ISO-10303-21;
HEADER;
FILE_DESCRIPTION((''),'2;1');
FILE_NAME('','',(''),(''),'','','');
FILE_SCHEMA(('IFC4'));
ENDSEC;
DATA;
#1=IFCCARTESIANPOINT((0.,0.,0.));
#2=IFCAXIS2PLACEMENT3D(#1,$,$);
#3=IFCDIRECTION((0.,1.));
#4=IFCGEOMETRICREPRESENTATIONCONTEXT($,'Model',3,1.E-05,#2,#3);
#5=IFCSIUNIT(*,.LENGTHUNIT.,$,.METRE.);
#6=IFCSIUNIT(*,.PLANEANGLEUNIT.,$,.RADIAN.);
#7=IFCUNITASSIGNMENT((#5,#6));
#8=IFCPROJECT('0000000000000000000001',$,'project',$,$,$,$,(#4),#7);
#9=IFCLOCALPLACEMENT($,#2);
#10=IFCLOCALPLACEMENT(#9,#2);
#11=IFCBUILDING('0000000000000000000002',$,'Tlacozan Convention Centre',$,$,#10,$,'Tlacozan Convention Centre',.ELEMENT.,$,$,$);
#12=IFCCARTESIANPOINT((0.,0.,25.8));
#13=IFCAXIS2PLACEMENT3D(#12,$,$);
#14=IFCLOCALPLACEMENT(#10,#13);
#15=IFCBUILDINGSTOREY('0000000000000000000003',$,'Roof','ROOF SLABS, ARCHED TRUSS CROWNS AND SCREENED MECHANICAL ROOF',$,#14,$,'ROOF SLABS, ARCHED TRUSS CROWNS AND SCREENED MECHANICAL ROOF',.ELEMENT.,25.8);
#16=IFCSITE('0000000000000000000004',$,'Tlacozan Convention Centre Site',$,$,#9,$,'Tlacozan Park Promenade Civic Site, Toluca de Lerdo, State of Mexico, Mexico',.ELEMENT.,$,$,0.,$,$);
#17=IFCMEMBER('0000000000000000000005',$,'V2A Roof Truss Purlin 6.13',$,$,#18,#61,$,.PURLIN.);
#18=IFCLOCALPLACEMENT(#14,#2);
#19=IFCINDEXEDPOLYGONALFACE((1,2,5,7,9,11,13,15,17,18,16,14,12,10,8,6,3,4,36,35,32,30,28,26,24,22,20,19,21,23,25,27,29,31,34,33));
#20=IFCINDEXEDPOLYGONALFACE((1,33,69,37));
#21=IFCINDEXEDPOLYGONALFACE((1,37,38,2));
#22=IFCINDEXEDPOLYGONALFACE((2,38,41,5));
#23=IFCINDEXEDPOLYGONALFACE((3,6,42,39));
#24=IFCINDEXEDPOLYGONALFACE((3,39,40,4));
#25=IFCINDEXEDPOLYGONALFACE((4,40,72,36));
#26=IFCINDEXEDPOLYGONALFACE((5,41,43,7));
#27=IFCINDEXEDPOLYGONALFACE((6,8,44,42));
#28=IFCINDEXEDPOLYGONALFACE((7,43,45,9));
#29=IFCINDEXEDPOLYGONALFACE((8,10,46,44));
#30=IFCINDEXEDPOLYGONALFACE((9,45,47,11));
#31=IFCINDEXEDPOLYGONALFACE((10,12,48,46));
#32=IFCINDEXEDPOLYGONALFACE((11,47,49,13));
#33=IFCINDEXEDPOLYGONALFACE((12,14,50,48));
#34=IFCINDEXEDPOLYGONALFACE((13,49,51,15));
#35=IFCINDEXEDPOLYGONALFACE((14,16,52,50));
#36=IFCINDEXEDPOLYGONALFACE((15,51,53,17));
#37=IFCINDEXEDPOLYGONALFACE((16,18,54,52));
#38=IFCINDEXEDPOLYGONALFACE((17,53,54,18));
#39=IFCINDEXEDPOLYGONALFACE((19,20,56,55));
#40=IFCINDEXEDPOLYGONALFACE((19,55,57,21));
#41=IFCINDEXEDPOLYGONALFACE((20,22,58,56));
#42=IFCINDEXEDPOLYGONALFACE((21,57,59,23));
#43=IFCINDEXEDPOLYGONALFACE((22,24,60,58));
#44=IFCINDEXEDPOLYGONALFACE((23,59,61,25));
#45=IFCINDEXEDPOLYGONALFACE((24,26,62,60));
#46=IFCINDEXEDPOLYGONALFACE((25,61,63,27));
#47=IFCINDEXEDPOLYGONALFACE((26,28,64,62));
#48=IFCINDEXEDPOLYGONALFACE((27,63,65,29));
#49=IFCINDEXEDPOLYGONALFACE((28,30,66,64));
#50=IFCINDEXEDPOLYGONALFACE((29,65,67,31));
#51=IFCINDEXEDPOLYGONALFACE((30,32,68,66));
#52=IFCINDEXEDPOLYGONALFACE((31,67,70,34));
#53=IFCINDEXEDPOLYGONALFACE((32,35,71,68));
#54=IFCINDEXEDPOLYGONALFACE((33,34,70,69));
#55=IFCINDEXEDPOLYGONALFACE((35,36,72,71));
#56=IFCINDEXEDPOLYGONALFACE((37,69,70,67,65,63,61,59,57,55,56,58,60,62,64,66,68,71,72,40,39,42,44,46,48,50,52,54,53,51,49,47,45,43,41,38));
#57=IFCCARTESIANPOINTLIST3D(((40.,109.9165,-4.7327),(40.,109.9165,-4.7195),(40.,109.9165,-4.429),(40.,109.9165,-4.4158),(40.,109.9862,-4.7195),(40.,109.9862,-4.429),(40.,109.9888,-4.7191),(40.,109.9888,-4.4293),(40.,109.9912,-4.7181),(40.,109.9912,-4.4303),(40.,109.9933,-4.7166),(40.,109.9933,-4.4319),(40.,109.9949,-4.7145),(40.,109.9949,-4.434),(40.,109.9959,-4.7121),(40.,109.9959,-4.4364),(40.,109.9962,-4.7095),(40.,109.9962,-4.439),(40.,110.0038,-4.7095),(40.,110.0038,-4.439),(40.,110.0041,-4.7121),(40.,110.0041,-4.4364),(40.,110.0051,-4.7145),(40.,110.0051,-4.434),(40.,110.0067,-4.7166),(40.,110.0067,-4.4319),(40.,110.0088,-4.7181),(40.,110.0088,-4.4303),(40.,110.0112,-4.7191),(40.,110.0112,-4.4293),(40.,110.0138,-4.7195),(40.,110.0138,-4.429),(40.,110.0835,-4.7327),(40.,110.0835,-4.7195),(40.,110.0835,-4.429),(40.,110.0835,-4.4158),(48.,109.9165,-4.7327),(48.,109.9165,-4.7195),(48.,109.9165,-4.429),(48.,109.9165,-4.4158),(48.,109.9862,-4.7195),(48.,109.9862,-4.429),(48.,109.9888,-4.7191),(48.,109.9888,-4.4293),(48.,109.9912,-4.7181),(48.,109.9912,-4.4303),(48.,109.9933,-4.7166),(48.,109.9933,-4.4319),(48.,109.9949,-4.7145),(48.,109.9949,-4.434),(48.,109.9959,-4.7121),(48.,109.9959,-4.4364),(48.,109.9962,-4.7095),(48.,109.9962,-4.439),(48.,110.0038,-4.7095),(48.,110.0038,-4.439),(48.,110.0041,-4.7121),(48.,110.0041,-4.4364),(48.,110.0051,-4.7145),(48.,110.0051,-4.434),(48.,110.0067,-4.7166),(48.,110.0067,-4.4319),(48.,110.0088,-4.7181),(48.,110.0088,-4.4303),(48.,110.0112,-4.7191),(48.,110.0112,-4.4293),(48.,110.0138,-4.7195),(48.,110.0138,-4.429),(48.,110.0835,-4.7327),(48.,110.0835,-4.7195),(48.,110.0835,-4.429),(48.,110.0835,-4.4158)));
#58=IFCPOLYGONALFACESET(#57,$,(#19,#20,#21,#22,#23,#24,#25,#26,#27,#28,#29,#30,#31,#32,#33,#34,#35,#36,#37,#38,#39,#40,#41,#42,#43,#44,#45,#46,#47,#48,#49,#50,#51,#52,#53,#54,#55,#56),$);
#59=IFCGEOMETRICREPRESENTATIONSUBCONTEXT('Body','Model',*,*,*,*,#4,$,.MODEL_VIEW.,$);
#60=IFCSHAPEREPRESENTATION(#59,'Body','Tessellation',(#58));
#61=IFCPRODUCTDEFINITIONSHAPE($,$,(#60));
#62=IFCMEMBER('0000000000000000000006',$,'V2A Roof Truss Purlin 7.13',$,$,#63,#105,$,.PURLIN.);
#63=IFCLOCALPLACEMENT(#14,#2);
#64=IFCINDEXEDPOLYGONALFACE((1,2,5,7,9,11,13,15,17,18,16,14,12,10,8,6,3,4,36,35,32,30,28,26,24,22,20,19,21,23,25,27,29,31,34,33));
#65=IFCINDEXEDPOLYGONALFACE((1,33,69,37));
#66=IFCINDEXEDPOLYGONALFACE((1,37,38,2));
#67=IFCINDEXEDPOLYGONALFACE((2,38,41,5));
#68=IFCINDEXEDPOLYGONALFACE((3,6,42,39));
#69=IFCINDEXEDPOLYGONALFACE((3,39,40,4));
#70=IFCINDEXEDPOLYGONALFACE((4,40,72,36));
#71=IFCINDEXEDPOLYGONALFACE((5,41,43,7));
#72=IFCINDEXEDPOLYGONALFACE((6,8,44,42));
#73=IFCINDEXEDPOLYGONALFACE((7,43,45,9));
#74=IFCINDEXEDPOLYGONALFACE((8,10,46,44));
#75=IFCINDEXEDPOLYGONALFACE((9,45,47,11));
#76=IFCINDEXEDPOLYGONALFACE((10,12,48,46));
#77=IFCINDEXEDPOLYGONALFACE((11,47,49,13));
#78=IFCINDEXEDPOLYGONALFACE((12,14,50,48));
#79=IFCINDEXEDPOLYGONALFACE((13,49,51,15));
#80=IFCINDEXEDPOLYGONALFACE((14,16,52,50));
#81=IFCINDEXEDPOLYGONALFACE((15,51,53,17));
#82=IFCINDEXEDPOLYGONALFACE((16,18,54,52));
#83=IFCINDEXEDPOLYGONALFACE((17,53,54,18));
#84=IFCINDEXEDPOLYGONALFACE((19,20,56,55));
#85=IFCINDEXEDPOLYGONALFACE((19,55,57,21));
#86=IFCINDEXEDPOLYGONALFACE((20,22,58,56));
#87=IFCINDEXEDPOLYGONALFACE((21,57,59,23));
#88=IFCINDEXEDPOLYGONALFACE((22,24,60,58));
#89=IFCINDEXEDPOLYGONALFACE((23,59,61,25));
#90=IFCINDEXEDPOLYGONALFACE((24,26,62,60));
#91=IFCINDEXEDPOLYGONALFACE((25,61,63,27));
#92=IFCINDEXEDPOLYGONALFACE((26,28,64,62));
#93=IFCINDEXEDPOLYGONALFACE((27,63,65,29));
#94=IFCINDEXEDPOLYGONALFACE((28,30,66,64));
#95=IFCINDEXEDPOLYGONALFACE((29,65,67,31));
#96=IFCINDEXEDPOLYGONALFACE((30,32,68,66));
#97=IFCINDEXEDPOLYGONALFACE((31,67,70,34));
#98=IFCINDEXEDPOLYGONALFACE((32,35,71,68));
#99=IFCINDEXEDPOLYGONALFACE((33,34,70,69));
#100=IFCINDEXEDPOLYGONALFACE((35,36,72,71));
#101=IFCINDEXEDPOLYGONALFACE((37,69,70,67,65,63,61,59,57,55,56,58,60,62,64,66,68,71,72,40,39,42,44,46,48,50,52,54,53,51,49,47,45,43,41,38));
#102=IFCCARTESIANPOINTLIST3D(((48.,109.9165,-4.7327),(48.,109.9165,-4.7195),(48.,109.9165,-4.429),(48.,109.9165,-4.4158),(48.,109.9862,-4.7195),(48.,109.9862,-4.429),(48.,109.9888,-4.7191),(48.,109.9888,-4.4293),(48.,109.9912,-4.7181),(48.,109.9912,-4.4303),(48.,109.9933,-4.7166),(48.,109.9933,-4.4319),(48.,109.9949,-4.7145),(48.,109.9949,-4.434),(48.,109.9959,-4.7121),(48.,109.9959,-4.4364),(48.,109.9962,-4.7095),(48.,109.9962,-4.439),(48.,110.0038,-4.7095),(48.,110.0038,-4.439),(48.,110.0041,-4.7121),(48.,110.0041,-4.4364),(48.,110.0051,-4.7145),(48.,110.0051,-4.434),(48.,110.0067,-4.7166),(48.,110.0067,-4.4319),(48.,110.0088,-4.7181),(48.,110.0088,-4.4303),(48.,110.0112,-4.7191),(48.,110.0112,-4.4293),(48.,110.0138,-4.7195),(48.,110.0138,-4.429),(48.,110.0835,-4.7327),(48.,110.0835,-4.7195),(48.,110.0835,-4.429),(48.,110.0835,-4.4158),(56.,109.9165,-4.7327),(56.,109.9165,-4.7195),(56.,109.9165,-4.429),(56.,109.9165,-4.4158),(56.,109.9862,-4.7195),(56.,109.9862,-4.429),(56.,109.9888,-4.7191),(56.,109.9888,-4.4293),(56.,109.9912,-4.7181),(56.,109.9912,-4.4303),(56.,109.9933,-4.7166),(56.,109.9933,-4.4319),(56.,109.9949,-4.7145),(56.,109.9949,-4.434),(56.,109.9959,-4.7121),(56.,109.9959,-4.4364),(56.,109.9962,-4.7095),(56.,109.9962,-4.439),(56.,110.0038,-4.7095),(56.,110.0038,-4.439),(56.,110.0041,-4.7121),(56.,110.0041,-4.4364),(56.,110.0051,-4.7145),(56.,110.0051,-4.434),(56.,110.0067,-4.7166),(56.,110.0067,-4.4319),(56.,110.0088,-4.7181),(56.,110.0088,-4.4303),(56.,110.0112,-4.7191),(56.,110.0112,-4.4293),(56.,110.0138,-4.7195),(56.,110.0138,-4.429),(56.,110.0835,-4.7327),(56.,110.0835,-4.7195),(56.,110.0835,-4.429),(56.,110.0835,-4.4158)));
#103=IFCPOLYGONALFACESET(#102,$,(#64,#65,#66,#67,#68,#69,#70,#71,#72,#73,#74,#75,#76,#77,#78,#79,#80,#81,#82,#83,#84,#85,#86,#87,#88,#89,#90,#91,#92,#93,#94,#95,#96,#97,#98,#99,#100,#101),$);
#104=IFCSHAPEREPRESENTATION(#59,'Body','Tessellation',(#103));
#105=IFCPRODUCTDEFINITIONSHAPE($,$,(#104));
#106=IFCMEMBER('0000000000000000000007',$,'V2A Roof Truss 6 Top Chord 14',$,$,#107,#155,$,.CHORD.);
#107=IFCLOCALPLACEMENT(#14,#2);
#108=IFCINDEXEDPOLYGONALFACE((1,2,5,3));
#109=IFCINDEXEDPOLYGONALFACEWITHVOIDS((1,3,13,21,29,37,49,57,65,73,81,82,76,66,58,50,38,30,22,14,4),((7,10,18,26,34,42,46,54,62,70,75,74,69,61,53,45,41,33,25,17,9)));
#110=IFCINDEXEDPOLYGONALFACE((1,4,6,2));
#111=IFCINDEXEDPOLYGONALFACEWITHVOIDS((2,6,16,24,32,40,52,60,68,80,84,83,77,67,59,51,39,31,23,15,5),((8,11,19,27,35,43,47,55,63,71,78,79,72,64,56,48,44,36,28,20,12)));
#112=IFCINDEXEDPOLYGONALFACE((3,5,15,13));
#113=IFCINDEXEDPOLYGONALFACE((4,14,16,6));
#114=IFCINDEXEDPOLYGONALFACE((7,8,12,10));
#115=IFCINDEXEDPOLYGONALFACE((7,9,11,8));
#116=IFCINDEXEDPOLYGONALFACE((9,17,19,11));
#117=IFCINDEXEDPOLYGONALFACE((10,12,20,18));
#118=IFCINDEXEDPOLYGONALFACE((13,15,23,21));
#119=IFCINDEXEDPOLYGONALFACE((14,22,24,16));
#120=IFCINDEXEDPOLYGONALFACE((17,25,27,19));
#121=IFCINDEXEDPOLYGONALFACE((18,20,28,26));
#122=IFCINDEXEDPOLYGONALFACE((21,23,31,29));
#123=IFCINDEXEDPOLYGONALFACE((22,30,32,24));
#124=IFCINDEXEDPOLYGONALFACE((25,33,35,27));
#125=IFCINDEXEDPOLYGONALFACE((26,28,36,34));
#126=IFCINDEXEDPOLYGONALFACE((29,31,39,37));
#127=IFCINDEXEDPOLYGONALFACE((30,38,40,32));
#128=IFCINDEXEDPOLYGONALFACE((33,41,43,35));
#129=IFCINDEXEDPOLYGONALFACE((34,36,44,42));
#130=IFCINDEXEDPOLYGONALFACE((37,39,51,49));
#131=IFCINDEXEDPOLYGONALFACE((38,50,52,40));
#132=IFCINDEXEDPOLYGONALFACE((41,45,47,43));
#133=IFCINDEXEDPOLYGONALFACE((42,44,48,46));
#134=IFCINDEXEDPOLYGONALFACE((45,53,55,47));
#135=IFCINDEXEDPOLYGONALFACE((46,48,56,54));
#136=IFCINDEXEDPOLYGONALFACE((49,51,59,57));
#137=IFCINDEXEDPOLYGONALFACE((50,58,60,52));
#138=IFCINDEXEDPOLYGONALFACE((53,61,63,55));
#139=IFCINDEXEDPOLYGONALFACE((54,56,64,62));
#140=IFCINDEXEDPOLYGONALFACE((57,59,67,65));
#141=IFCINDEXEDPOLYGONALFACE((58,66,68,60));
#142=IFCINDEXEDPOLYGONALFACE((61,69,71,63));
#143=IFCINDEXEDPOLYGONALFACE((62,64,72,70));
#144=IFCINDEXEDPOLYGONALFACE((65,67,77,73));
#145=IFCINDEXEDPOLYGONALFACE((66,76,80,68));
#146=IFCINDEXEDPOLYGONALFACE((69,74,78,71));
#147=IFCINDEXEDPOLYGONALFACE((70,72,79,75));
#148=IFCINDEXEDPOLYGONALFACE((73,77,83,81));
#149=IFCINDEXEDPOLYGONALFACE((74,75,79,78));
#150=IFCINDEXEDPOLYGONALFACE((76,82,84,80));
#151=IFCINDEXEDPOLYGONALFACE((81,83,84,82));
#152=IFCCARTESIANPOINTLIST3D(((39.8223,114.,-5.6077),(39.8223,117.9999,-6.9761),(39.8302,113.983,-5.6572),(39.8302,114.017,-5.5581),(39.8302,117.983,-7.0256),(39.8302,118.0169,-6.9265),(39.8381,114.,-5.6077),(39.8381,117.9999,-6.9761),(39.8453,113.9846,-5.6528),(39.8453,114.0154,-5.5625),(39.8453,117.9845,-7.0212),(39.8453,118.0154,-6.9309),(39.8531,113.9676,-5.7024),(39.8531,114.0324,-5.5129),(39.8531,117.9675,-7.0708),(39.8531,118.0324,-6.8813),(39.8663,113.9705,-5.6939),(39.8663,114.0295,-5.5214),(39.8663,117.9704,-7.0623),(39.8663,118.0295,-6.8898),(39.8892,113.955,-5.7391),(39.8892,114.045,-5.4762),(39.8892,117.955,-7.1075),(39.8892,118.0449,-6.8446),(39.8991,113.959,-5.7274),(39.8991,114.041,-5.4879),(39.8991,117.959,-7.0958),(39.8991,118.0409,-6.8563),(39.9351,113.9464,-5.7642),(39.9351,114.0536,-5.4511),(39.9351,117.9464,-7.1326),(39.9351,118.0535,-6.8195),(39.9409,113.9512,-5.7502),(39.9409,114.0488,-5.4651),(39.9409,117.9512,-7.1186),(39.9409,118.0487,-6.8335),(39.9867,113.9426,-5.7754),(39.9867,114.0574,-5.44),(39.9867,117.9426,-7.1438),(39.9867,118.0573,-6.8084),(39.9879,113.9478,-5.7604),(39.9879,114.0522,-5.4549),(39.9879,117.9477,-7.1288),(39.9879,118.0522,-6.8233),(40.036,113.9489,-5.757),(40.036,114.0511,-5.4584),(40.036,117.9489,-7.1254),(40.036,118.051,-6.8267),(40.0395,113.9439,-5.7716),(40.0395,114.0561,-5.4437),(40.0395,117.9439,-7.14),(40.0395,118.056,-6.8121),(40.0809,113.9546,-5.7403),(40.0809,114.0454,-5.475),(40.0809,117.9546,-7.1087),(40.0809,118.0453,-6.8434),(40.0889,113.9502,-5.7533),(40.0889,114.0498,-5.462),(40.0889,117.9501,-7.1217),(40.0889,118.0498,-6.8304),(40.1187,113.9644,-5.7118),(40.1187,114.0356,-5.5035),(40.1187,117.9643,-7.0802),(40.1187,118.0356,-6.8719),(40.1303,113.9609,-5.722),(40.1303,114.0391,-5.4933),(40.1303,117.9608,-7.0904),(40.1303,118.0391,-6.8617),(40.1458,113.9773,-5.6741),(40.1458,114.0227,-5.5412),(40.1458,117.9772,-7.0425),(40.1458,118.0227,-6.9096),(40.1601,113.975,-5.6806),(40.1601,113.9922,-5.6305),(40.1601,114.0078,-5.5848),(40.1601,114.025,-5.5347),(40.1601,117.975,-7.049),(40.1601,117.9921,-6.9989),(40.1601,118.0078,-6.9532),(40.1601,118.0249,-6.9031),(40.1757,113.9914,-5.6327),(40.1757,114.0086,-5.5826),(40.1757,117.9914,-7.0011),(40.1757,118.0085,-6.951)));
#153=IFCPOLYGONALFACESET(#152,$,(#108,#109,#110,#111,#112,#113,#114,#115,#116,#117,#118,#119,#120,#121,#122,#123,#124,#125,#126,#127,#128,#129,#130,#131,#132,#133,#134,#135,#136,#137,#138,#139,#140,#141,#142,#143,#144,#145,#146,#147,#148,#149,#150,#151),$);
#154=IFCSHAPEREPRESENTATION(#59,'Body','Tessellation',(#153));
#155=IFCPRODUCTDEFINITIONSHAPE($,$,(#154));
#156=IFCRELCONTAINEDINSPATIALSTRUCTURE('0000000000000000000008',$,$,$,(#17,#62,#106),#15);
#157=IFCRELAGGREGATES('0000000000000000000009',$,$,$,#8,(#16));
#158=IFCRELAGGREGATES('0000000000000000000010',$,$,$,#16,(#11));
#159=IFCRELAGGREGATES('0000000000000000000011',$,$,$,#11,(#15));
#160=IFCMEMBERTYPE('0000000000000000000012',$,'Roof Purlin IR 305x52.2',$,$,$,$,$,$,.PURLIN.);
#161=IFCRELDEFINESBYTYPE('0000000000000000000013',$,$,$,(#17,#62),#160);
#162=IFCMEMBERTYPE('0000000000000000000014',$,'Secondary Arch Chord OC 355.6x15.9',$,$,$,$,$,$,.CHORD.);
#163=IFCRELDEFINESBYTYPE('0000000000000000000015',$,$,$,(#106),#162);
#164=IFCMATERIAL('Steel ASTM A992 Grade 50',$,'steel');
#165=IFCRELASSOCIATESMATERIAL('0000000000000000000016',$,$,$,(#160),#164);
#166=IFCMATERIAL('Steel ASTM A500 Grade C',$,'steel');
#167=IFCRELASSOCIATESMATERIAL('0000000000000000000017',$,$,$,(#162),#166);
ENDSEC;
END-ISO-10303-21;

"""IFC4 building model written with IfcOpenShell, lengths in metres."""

from ifc_helpers import new_model, si_unit, direction, frame, origin, origin_2d, place, context, subcontext, project, spatial, hollow_circle, i_section, extrude, material, material_profile, profile_set, type_object, element, save


model = new_model("IFC4")

# Units and contexts
model_context = context("Model", 3, precision=1e-05, world=origin(), true_north=direction((0.0, 1.0)))
body_context = subcontext(model_context, "Body", "Model", "MODEL_VIEW")
ifc_project = project(units=[si_unit("LENGTHUNIT", "METRE"), si_unit("PLANEANGLEUNIT", "RADIAN")], contexts=[model_context])

# Site, building, storey
site_placement = place(None, origin())
site = spatial("IfcSite", under=ifc_project, at=site_placement, Name="Tlacozan Convention Centre Site", LongName="Tlacozan Park Promenade Civic Site, Toluca de Lerdo, State of Mexico, Mexico", CompositionType="ELEMENT", RefElevation=0.0)
building_placement = place(site_placement, origin())
building = spatial("IfcBuilding", under=site, at=building_placement, Name="Tlacozan Convention Centre", LongName="Tlacozan Convention Centre", CompositionType="ELEMENT")
storey_placement = place(building_placement, frame((0.0, 0.0, 25.8)))
storey = spatial("IfcBuildingStorey", under=building, at=storey_placement, Name="Roof", Description="ROOF SLABS, ARCHED TRUSS CROWNS AND SCREENED MECHANICAL ROOF", LongName="ROOF SLABS, ARCHED TRUSS CROWNS AND SCREENED MECHANICAL ROOF", CompositionType="ELEMENT", Elevation=25.8)

# Members
ifc_material_1 = material(Name="Steel ASTM A500 Grade C", Category="steel")
ifc_material_2 = material(Name="Steel ASTM A992 Grade 50", Category="steel")
ifc_material_profile_1 = material_profile(ifc_material_2, i_section(OverallWidth=0.167, OverallDepth=0.3169, WebThickness=0.0076, FlangeThickness=0.0132, FilletRadius=0.01, at=origin_2d()), Name="IR 305x52.2")
ifc_profile_set_1 = profile_set([ifc_material_profile_1], Name="Steel ASTM A992 Grade 50")
member_type_1 = type_object("IfcMemberType", Name="Roof Purlin IR 305x52.2", PredefinedType="PURLIN", material=ifc_profile_set_1)
for number, where, z_axis, x_axis, name in (
    (1, (40.0, 110.0, -4.5742), (1.0, 0.0, 0.0), (0.0, 1.0, 0.0), "V2A Roof Truss Purlin 6.13"),
    (2, (48.0, 110.0, -4.5742), (1.0, 0.0, 0.0), (0.0, 1.0, 0.0), "V2A Roof Truss Purlin 7.13"),
):
    element("IfcMember", number, at=place(storey_placement, frame(where, z_axis=z_axis, x_axis=x_axis)), inside=storey, type_object=member_type_1, Name=name, PredefinedType="PURLIN", context=body_context, shape_type="SweptSolid", body=[
        extrude(i_section(OverallWidth=0.167, OverallDepth=0.3169, WebThickness=0.0076, FlangeThickness=0.0132, FilletRadius=0.01, at=origin_2d()), origin(), (0.0, 0.0, 1.0), 8.0),
    ])
ifc_material_profile_2 = material_profile(ifc_material_1, hollow_circle(Radius=0.1777, WallThickness=0.0159, at=origin_2d()), Name="OC 355.6x15.9")
ifc_profile_set_2 = profile_set([ifc_material_profile_2], Name="Steel ASTM A500 Grade C")
member_type_2 = type_object("IfcMemberType", Name="Secondary Arch Chord OC 355.6x15.9", PredefinedType="CHORD", material=ifc_profile_set_2)
member_1_placement = place(storey_placement, frame((40.0, 114.0, -5.6077), z_axis=(0.0, 0.946165, -0.323685), x_axis=(-1.0, 0.0, 0.0)))
element("IfcMember", 3, at=member_1_placement, inside=storey, type_object=member_type_2, Name="V2A Roof Truss 6 Top Chord 14", PredefinedType="CHORD", context=body_context, shape_type="SweptSolid", body=[
    extrude(hollow_circle(Radius=0.1777, WallThickness=0.0159, at=origin_2d()), origin(), (0.0, 0.0, 1.0), 4.2275),
])

save(model, "model.ifc")
